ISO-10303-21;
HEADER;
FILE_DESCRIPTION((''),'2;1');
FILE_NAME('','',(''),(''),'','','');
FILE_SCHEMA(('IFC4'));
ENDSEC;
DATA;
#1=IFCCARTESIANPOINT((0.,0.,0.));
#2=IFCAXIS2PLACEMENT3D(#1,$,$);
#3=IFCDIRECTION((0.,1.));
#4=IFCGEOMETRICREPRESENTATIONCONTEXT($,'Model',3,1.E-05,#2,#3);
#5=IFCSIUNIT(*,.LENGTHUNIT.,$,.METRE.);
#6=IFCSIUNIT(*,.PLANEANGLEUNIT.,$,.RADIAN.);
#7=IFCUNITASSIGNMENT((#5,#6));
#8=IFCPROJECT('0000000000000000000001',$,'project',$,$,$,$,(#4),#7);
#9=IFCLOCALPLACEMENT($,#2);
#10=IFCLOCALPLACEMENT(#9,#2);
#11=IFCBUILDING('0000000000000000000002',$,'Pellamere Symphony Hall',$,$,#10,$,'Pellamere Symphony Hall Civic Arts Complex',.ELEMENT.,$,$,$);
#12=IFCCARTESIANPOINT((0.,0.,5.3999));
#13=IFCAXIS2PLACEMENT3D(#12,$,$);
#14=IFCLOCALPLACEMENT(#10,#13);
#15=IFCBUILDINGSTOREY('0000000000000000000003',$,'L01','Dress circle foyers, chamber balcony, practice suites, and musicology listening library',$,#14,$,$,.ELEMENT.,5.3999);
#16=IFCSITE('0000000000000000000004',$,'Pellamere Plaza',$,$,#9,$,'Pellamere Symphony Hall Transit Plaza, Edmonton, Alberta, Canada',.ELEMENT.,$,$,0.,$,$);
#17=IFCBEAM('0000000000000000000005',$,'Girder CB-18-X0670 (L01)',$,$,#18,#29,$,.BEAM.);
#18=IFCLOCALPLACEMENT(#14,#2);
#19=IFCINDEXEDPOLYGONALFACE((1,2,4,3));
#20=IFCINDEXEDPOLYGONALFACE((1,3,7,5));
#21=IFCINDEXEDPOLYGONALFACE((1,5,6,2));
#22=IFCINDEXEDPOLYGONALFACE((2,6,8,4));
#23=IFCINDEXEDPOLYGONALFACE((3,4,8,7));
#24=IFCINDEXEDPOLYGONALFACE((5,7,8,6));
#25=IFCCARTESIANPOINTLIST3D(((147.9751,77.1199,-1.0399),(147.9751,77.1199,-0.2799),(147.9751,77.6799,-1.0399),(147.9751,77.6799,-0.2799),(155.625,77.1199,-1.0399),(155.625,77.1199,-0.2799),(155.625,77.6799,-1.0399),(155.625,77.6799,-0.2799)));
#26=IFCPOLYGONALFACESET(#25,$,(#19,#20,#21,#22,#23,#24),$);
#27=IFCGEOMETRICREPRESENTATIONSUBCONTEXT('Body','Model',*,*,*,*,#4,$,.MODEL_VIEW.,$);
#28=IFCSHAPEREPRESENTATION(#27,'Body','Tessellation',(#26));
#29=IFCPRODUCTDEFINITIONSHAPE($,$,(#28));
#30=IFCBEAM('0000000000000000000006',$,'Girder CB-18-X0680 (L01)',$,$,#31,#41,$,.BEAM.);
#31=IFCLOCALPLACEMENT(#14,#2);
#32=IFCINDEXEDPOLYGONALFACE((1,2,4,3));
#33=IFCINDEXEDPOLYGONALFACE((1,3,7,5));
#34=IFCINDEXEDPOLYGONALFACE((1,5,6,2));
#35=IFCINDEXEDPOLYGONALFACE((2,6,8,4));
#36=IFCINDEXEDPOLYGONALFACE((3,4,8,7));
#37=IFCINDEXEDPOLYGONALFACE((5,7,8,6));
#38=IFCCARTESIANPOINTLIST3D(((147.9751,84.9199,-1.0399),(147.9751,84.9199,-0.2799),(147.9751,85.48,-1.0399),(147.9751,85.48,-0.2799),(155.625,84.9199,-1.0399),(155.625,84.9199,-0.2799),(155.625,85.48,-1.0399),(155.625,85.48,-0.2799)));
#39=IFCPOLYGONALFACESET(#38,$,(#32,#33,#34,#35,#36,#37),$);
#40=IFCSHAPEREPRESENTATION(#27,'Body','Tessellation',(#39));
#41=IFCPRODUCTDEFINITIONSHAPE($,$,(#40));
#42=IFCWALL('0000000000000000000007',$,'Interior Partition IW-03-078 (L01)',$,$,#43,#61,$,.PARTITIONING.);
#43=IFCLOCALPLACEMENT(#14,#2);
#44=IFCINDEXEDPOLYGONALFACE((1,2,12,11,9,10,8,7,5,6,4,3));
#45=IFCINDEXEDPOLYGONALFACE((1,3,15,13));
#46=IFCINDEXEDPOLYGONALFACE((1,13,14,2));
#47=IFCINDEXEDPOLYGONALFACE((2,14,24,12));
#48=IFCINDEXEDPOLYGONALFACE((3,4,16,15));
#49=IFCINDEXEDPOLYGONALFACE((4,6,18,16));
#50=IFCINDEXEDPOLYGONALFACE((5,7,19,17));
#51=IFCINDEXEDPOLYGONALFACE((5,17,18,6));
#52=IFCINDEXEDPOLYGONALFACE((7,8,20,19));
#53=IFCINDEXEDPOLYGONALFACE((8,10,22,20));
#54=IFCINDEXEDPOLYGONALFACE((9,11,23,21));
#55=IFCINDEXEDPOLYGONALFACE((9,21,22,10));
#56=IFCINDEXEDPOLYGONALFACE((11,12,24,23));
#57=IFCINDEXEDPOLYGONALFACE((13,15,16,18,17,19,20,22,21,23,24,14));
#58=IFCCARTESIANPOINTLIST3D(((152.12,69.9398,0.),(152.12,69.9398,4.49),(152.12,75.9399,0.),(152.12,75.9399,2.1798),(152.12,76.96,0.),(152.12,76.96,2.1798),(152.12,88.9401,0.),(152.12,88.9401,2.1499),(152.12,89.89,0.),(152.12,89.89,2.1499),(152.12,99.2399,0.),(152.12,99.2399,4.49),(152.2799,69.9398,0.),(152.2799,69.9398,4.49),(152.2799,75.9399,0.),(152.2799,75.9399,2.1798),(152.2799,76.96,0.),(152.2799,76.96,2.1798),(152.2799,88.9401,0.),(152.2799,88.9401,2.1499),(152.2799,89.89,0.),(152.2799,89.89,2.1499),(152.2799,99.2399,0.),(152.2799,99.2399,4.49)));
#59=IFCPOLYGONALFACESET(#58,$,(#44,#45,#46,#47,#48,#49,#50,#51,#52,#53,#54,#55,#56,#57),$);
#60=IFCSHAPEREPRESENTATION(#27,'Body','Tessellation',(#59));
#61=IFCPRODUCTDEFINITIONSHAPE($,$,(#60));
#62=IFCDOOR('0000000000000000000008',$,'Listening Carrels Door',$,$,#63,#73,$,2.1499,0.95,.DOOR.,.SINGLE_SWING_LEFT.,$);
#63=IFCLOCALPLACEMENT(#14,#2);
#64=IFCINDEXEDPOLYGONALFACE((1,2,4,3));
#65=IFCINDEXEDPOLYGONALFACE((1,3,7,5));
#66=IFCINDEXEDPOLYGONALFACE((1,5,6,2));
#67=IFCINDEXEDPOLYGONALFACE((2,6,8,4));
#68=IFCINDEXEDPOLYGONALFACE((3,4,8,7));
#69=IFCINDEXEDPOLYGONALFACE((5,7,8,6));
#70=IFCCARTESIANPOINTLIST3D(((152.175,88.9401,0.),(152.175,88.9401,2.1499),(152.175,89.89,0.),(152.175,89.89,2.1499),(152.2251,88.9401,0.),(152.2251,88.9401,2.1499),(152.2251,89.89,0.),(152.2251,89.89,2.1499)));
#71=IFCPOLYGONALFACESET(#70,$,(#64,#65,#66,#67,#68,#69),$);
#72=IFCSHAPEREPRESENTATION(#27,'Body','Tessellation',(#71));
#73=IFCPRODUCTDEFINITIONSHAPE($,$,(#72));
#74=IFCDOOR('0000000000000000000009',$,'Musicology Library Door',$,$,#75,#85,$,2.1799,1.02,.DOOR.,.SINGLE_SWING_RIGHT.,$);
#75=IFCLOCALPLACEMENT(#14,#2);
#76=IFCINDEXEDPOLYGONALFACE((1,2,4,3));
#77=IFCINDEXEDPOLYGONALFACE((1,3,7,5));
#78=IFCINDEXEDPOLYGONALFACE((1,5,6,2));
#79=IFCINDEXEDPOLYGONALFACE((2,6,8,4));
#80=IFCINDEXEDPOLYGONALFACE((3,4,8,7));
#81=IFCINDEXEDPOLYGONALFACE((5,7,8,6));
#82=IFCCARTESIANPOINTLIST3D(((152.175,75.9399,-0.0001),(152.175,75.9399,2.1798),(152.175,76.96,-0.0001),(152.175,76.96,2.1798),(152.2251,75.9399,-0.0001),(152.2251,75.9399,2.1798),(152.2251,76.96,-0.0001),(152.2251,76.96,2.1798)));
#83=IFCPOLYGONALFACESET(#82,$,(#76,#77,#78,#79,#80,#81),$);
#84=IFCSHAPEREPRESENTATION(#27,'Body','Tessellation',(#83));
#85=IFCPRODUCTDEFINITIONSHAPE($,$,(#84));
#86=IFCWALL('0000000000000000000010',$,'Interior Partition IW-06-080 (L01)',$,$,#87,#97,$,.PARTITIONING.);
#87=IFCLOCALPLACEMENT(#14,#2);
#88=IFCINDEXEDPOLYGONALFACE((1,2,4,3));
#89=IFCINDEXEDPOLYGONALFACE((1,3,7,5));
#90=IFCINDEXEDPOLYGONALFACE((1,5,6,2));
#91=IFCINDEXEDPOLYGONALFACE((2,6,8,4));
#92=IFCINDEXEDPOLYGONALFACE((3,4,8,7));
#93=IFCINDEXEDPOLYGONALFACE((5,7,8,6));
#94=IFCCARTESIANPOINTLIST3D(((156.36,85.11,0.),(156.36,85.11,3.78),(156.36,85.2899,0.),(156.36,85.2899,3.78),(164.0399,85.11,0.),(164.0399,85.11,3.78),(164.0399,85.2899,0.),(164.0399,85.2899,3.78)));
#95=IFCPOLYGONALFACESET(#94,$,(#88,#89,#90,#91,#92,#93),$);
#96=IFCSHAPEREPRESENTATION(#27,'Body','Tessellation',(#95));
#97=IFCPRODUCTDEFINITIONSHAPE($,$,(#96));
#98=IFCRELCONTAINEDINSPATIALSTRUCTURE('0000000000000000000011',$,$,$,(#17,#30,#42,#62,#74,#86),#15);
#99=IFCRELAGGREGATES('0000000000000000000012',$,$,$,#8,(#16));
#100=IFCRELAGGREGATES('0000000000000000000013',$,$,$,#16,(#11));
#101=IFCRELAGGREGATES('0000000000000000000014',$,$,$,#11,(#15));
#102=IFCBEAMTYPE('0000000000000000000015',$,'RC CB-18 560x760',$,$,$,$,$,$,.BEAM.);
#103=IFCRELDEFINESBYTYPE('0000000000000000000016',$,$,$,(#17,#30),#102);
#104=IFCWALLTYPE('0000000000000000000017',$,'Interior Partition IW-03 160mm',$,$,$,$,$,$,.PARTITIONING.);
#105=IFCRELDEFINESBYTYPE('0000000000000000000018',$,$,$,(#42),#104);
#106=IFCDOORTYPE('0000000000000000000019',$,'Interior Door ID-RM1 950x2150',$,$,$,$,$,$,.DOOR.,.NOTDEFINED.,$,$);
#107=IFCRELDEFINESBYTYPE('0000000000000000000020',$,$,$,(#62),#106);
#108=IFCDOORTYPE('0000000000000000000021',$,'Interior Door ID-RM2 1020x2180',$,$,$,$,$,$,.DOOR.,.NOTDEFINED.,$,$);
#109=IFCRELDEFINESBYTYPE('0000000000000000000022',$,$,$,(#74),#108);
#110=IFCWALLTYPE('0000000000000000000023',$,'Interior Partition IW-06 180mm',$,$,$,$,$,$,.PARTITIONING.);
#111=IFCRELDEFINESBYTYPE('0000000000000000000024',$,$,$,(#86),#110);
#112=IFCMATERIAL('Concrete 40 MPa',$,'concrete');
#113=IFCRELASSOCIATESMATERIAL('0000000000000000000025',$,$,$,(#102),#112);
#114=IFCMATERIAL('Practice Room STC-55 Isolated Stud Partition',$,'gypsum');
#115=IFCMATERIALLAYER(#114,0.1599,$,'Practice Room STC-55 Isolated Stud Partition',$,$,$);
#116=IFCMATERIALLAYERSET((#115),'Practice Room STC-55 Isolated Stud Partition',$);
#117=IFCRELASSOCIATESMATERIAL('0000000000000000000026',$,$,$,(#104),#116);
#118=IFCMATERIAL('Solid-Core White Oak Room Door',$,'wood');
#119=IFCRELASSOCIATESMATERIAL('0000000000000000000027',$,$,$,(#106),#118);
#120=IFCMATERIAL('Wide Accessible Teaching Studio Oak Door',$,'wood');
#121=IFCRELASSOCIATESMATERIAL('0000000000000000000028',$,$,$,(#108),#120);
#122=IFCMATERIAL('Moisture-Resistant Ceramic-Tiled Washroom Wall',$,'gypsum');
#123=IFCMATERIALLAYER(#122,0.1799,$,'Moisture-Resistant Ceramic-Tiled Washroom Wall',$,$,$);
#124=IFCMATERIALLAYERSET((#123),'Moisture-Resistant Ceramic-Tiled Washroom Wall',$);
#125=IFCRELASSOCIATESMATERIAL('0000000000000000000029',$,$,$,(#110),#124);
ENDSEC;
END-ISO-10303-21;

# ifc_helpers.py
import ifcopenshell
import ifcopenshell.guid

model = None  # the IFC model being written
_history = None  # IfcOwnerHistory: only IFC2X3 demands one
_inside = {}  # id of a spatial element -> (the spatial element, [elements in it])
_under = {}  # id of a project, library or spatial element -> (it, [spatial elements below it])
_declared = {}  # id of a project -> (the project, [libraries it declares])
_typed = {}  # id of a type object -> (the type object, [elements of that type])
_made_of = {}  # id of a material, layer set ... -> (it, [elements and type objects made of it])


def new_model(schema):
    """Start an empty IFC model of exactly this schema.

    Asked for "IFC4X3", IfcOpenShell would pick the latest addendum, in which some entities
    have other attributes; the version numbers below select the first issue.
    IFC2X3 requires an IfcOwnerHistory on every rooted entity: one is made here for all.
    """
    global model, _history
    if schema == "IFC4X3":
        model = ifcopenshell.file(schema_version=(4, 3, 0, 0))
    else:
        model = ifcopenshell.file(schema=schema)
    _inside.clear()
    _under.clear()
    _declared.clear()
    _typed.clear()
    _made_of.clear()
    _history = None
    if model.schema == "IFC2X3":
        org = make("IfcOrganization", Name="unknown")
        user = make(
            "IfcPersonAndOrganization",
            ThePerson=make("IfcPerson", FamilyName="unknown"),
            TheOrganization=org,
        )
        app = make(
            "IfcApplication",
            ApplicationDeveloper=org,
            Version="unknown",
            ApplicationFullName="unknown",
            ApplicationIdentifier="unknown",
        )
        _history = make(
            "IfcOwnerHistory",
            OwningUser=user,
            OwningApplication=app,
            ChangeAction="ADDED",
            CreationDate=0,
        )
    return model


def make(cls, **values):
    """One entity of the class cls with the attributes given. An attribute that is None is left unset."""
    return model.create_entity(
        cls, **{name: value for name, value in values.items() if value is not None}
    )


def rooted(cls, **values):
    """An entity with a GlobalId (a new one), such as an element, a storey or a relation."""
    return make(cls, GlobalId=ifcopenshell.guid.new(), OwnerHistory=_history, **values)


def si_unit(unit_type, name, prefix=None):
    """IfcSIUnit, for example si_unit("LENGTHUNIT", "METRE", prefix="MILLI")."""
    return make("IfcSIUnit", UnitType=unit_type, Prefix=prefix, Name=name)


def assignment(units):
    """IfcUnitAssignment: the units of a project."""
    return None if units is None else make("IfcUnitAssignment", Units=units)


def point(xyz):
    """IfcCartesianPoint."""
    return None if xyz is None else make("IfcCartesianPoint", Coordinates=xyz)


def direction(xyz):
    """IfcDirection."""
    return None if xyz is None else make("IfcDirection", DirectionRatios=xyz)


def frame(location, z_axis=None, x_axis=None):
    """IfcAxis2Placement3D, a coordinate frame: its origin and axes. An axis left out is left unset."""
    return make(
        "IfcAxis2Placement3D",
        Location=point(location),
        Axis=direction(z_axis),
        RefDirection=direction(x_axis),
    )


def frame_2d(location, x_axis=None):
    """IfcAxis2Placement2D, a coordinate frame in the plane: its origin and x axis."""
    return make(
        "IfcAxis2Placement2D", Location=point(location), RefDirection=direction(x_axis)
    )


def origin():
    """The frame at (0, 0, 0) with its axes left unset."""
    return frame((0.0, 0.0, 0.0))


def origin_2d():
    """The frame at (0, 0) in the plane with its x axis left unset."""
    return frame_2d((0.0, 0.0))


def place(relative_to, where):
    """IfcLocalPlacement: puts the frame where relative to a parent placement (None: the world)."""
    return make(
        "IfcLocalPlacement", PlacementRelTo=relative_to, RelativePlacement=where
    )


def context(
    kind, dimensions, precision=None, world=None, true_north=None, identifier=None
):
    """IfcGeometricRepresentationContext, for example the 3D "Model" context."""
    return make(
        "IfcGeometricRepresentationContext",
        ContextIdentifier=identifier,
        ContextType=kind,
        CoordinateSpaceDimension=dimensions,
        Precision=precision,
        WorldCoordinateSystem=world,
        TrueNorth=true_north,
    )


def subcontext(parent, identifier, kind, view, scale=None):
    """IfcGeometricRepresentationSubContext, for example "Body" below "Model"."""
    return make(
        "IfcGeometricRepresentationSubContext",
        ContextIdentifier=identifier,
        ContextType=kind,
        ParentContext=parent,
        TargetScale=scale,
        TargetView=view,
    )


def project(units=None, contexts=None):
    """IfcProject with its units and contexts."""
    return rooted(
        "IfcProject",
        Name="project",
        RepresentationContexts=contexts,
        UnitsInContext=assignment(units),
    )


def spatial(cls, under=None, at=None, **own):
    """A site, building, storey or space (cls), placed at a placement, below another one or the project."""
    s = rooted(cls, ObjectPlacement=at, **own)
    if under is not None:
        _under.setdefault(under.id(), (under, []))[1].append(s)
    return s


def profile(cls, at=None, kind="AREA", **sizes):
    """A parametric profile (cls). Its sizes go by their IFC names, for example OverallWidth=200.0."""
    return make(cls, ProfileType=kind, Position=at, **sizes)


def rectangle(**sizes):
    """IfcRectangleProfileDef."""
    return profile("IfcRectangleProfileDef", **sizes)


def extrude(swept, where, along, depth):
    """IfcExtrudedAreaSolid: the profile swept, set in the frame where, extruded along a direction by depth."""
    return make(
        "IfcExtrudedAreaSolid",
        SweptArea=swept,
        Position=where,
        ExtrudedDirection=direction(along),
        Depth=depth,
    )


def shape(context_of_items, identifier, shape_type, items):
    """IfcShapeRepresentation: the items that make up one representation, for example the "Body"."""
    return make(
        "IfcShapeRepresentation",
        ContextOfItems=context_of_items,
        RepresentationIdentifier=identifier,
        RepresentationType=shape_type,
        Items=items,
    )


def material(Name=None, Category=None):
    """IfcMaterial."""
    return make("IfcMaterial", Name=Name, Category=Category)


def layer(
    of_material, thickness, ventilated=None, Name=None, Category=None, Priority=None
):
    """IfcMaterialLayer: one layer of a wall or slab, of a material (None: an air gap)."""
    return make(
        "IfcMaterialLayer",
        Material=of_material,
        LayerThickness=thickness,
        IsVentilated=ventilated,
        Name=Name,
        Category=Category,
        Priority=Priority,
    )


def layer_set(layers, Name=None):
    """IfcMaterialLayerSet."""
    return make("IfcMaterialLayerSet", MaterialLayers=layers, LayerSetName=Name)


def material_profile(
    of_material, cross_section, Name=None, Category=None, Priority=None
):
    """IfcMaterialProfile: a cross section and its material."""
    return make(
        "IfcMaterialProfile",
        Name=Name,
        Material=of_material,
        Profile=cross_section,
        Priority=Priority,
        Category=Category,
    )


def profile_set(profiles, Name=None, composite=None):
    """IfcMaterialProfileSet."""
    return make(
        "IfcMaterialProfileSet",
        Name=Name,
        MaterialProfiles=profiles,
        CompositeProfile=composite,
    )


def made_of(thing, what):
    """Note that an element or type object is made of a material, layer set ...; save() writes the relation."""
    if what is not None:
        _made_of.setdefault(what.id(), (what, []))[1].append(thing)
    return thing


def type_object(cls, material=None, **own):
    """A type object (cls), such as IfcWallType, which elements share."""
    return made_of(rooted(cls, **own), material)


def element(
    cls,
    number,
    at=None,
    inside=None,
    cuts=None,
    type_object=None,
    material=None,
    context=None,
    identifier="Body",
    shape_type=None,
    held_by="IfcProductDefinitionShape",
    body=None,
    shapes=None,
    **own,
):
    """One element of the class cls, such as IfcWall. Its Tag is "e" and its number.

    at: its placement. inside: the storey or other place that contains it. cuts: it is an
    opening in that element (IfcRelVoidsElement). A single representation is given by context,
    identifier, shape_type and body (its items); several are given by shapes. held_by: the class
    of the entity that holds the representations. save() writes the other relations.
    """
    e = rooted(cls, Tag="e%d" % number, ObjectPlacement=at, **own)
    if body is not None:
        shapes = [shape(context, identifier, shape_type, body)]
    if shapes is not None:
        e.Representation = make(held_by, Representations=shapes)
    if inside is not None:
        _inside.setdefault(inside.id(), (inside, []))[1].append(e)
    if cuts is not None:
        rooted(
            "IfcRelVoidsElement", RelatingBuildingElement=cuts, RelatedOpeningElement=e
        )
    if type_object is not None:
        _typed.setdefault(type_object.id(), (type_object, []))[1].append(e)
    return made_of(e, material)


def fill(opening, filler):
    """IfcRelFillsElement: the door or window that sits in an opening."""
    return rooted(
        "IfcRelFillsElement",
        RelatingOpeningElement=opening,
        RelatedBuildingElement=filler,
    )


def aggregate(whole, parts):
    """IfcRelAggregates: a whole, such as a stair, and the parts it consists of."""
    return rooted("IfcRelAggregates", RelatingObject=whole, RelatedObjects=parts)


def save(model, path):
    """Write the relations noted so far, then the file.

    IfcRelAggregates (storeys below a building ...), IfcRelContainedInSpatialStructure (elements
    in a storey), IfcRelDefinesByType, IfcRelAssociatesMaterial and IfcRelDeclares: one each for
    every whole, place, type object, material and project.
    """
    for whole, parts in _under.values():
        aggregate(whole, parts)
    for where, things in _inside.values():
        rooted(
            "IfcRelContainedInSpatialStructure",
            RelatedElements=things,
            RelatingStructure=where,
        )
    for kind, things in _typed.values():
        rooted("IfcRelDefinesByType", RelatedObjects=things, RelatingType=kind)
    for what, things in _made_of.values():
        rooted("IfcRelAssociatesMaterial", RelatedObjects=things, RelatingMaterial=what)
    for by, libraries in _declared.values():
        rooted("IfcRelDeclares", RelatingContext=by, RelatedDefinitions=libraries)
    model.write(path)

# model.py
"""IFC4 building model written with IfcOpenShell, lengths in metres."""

from ifc_helpers import new_model, si_unit, direction, frame, frame_2d, origin, origin_2d, place, context, subcontext, project, spatial, rectangle, extrude, material, layer, layer_set, material_profile, profile_set, type_object, element, fill, save


model = new_model("IFC4")

# Units and contexts
model_context = context("Model", 3, precision=1e-05, world=origin(), true_north=direction((0.0, 1.0)))
body_context = subcontext(model_context, "Body", "Model", "MODEL_VIEW")
ifc_project = project(units=[si_unit("LENGTHUNIT", "METRE"), si_unit("PLANEANGLEUNIT", "RADIAN")], contexts=[model_context])

# Site, building, storey
site_placement = place(None, origin())
site = spatial("IfcSite", under=ifc_project, at=site_placement, Name="Pellamere Plaza", LongName="Pellamere Symphony Hall Transit Plaza, Edmonton, Alberta, Canada", CompositionType="ELEMENT", RefElevation=0.0)
building_placement = place(site_placement, origin())
building = spatial("IfcBuilding", under=site, at=building_placement, Name="Pellamere Symphony Hall", LongName="Pellamere Symphony Hall Civic Arts Complex", CompositionType="ELEMENT")
storey_placement = place(building_placement, frame((0.0, 0.0, 5.3999)))
storey = spatial("IfcBuildingStorey", under=building, at=storey_placement, Name="L01", Description="Dress circle foyers, chamber balcony, practice suites, and musicology listening library", CompositionType="ELEMENT", Elevation=5.3999)

# Shared definitions
ifc_material_1 = material(Name="Concrete 40 MPa", Category="concrete")

# Beams
ifc_material_profile_1 = material_profile(ifc_material_1, rectangle(XDim=0.5601, YDim=0.76, at=origin_2d()), Name="RC 560x760")
ifc_profile_set_1 = profile_set([ifc_material_profile_1], Name="Concrete 40 MPa")
beam_type_1 = type_object("IfcBeamType", Name="RC CB-18 560x760", PredefinedType="BEAM", material=ifc_profile_set_1)
for number, where, z_axis, x_axis, name in (
    (1, (147.9751, 77.3999, -0.6599), (1.0, 0.0, 0.0), (0.0, 1.0, 0.0), "Girder CB-18-X0670 (L01)"),
    (2, (147.9751, 85.2, -0.6599), (1.0, 0.0, 0.0), (0.0, 1.0, 0.0), "Girder CB-18-X0680 (L01)"),
):
    element("IfcBeam", number, at=place(storey_placement, frame(where, z_axis=z_axis, x_axis=x_axis)), inside=storey, type_object=beam_type_1, Name=name, PredefinedType="BEAM", context=body_context, shape_type="SweptSolid", body=[
        extrude(rectangle(XDim=0.5601, YDim=0.76, at=origin_2d()), origin(), (0.0, 0.0, 1.0), 7.6499),
    ])

# Wall, openings, doors
ifc_material_2 = material(Name="Practice Room STC-55 Isolated Stud Partition", Category="gypsum")
ifc_layer_1 = layer(ifc_material_2, 0.1599, Name="Practice Room STC-55 Isolated Stud Partition")
ifc_layer_set_1 = layer_set([ifc_layer_1], Name="Practice Room STC-55 Isolated Stud Partition")
wall_type_1 = type_object("IfcWallType", Name="Interior Partition IW-03 160mm", PredefinedType="PARTITIONING", material=ifc_layer_set_1)
wall_1_placement = place(storey_placement, frame((152.2, 69.9399, 0.0), z_axis=(0.0, 0.0, 1.0), x_axis=(0.0, 1.0, 0.0)))
wall_1 = element("IfcWall", 3, at=wall_1_placement, inside=storey, type_object=wall_type_1, Name="Interior Partition IW-03-078 (L01)", PredefinedType="PARTITIONING", context=body_context, shape_type="SweptSolid", body=[
    extrude(rectangle(XDim=29.3, YDim=0.1599, at=frame_2d((14.6499, 0.0))), origin(), (0.0, 0.0, 1.0), 4.49),
])
opening_1_placement = place(wall_1_placement, frame((6.0, 0.0, 0.0)))
opening_1 = element("IfcOpeningElement", 4, at=opening_1_placement, cuts=wall_1, PredefinedType="OPENING", context=body_context, shape_type="SweptSolid", body=[
    extrude(rectangle(XDim=1.02, YDim=2.1799, at=frame_2d((0.51, 1.0898))), frame((0.0, 0.0898, 0.0), z_axis=(0.0, -1.0, 0.0), x_axis=(1.0, 0.0, 0.0)), (0.0, 0.0, 1.0), 0.1799),
])
opening_2_placement = place(wall_1_placement, frame((19.0, 0.0, 0.0)))
opening_2 = element("IfcOpeningElement", 5, at=opening_2_placement, cuts=wall_1, PredefinedType="OPENING", context=body_context, shape_type="SweptSolid", body=[
    extrude(rectangle(XDim=0.95, YDim=2.1499, at=frame_2d((0.4751, 1.075))), frame((0.0, 0.0898, 0.0), z_axis=(0.0, -1.0, 0.0), x_axis=(1.0, 0.0, 0.0)), (0.0, 0.0, 1.0), 0.1799),
])
ifc_material_3 = material(Name="Solid-Core White Oak Room Door", Category="wood")
door_type_1 = type_object("IfcDoorType", Name="Interior Door ID-RM1 950x2150", OperationType="NOTDEFINED", PredefinedType="DOOR", material=ifc_material_3)
door_1_placement = place(opening_2_placement, origin())
door_1 = element("IfcDoor", 6, at=door_1_placement, inside=storey, type_object=door_type_1, Name="Listening Carrels Door", OperationType="SINGLE_SWING_LEFT", OverallHeight=2.1499, OverallWidth=0.95, PredefinedType="DOOR", context=body_context, shape_type="SweptSolid", body=[
    extrude(rectangle(XDim=0.95, YDim=2.1499, at=frame_2d((0.4751, 1.075))), frame((0.0, 0.0249, 0.0), z_axis=(0.0, -1.0, 0.0), x_axis=(1.0, 0.0, 0.0)), (0.0, 0.0, 1.0), 0.05),
])
fill(opening_2, door_1)
ifc_material_4 = material(Name="Wide Accessible Teaching Studio Oak Door", Category="wood")
door_type_2 = type_object("IfcDoorType", Name="Interior Door ID-RM2 1020x2180", OperationType="NOTDEFINED", PredefinedType="DOOR", material=ifc_material_4)
door_2_placement = place(opening_1_placement, origin())
door_2 = element("IfcDoor", 7, at=door_2_placement, inside=storey, type_object=door_type_2, Name="Musicology Library Door", OperationType="SINGLE_SWING_RIGHT", OverallHeight=2.1799, OverallWidth=1.02, PredefinedType="DOOR", context=body_context, shape_type="SweptSolid", body=[
    extrude(rectangle(XDim=1.02, YDim=2.1799, at=frame_2d((0.51, 1.0898))), frame((0.0, 0.0249, 0.0), z_axis=(0.0, -1.0, 0.0), x_axis=(1.0, 0.0, 0.0)), (0.0, 0.0, 1.0), 0.05),
])
fill(opening_1, door_2)

# Wall
ifc_material_5 = material(Name="Moisture-Resistant Ceramic-Tiled Washroom Wall", Category="gypsum")
ifc_layer_2 = layer(ifc_material_5, 0.1799, Name="Moisture-Resistant Ceramic-Tiled Washroom Wall")
ifc_layer_set_2 = layer_set([ifc_layer_2], Name="Moisture-Resistant Ceramic-Tiled Washroom Wall")
wall_type_2 = type_object("IfcWallType", Name="Interior Partition IW-06 180mm", PredefinedType="PARTITIONING", material=ifc_layer_set_2)
wall_2_placement = place(storey_placement, frame((156.3601, 85.2, 0.0), z_axis=(0.0, 0.0, 1.0), x_axis=(1.0, 0.0, 0.0)))
element("IfcWall", 8, at=wall_2_placement, inside=storey, type_object=wall_type_2, Name="Interior Partition IW-06-080 (L01)", PredefinedType="PARTITIONING", context=body_context, shape_type="SweptSolid", body=[
    extrude(rectangle(XDim=7.6799, YDim=0.1799, at=frame_2d((3.8398, 0.0))), origin(), (0.0, 0.0, 1.0), 3.78),
])

save(model, "model.ifc")
